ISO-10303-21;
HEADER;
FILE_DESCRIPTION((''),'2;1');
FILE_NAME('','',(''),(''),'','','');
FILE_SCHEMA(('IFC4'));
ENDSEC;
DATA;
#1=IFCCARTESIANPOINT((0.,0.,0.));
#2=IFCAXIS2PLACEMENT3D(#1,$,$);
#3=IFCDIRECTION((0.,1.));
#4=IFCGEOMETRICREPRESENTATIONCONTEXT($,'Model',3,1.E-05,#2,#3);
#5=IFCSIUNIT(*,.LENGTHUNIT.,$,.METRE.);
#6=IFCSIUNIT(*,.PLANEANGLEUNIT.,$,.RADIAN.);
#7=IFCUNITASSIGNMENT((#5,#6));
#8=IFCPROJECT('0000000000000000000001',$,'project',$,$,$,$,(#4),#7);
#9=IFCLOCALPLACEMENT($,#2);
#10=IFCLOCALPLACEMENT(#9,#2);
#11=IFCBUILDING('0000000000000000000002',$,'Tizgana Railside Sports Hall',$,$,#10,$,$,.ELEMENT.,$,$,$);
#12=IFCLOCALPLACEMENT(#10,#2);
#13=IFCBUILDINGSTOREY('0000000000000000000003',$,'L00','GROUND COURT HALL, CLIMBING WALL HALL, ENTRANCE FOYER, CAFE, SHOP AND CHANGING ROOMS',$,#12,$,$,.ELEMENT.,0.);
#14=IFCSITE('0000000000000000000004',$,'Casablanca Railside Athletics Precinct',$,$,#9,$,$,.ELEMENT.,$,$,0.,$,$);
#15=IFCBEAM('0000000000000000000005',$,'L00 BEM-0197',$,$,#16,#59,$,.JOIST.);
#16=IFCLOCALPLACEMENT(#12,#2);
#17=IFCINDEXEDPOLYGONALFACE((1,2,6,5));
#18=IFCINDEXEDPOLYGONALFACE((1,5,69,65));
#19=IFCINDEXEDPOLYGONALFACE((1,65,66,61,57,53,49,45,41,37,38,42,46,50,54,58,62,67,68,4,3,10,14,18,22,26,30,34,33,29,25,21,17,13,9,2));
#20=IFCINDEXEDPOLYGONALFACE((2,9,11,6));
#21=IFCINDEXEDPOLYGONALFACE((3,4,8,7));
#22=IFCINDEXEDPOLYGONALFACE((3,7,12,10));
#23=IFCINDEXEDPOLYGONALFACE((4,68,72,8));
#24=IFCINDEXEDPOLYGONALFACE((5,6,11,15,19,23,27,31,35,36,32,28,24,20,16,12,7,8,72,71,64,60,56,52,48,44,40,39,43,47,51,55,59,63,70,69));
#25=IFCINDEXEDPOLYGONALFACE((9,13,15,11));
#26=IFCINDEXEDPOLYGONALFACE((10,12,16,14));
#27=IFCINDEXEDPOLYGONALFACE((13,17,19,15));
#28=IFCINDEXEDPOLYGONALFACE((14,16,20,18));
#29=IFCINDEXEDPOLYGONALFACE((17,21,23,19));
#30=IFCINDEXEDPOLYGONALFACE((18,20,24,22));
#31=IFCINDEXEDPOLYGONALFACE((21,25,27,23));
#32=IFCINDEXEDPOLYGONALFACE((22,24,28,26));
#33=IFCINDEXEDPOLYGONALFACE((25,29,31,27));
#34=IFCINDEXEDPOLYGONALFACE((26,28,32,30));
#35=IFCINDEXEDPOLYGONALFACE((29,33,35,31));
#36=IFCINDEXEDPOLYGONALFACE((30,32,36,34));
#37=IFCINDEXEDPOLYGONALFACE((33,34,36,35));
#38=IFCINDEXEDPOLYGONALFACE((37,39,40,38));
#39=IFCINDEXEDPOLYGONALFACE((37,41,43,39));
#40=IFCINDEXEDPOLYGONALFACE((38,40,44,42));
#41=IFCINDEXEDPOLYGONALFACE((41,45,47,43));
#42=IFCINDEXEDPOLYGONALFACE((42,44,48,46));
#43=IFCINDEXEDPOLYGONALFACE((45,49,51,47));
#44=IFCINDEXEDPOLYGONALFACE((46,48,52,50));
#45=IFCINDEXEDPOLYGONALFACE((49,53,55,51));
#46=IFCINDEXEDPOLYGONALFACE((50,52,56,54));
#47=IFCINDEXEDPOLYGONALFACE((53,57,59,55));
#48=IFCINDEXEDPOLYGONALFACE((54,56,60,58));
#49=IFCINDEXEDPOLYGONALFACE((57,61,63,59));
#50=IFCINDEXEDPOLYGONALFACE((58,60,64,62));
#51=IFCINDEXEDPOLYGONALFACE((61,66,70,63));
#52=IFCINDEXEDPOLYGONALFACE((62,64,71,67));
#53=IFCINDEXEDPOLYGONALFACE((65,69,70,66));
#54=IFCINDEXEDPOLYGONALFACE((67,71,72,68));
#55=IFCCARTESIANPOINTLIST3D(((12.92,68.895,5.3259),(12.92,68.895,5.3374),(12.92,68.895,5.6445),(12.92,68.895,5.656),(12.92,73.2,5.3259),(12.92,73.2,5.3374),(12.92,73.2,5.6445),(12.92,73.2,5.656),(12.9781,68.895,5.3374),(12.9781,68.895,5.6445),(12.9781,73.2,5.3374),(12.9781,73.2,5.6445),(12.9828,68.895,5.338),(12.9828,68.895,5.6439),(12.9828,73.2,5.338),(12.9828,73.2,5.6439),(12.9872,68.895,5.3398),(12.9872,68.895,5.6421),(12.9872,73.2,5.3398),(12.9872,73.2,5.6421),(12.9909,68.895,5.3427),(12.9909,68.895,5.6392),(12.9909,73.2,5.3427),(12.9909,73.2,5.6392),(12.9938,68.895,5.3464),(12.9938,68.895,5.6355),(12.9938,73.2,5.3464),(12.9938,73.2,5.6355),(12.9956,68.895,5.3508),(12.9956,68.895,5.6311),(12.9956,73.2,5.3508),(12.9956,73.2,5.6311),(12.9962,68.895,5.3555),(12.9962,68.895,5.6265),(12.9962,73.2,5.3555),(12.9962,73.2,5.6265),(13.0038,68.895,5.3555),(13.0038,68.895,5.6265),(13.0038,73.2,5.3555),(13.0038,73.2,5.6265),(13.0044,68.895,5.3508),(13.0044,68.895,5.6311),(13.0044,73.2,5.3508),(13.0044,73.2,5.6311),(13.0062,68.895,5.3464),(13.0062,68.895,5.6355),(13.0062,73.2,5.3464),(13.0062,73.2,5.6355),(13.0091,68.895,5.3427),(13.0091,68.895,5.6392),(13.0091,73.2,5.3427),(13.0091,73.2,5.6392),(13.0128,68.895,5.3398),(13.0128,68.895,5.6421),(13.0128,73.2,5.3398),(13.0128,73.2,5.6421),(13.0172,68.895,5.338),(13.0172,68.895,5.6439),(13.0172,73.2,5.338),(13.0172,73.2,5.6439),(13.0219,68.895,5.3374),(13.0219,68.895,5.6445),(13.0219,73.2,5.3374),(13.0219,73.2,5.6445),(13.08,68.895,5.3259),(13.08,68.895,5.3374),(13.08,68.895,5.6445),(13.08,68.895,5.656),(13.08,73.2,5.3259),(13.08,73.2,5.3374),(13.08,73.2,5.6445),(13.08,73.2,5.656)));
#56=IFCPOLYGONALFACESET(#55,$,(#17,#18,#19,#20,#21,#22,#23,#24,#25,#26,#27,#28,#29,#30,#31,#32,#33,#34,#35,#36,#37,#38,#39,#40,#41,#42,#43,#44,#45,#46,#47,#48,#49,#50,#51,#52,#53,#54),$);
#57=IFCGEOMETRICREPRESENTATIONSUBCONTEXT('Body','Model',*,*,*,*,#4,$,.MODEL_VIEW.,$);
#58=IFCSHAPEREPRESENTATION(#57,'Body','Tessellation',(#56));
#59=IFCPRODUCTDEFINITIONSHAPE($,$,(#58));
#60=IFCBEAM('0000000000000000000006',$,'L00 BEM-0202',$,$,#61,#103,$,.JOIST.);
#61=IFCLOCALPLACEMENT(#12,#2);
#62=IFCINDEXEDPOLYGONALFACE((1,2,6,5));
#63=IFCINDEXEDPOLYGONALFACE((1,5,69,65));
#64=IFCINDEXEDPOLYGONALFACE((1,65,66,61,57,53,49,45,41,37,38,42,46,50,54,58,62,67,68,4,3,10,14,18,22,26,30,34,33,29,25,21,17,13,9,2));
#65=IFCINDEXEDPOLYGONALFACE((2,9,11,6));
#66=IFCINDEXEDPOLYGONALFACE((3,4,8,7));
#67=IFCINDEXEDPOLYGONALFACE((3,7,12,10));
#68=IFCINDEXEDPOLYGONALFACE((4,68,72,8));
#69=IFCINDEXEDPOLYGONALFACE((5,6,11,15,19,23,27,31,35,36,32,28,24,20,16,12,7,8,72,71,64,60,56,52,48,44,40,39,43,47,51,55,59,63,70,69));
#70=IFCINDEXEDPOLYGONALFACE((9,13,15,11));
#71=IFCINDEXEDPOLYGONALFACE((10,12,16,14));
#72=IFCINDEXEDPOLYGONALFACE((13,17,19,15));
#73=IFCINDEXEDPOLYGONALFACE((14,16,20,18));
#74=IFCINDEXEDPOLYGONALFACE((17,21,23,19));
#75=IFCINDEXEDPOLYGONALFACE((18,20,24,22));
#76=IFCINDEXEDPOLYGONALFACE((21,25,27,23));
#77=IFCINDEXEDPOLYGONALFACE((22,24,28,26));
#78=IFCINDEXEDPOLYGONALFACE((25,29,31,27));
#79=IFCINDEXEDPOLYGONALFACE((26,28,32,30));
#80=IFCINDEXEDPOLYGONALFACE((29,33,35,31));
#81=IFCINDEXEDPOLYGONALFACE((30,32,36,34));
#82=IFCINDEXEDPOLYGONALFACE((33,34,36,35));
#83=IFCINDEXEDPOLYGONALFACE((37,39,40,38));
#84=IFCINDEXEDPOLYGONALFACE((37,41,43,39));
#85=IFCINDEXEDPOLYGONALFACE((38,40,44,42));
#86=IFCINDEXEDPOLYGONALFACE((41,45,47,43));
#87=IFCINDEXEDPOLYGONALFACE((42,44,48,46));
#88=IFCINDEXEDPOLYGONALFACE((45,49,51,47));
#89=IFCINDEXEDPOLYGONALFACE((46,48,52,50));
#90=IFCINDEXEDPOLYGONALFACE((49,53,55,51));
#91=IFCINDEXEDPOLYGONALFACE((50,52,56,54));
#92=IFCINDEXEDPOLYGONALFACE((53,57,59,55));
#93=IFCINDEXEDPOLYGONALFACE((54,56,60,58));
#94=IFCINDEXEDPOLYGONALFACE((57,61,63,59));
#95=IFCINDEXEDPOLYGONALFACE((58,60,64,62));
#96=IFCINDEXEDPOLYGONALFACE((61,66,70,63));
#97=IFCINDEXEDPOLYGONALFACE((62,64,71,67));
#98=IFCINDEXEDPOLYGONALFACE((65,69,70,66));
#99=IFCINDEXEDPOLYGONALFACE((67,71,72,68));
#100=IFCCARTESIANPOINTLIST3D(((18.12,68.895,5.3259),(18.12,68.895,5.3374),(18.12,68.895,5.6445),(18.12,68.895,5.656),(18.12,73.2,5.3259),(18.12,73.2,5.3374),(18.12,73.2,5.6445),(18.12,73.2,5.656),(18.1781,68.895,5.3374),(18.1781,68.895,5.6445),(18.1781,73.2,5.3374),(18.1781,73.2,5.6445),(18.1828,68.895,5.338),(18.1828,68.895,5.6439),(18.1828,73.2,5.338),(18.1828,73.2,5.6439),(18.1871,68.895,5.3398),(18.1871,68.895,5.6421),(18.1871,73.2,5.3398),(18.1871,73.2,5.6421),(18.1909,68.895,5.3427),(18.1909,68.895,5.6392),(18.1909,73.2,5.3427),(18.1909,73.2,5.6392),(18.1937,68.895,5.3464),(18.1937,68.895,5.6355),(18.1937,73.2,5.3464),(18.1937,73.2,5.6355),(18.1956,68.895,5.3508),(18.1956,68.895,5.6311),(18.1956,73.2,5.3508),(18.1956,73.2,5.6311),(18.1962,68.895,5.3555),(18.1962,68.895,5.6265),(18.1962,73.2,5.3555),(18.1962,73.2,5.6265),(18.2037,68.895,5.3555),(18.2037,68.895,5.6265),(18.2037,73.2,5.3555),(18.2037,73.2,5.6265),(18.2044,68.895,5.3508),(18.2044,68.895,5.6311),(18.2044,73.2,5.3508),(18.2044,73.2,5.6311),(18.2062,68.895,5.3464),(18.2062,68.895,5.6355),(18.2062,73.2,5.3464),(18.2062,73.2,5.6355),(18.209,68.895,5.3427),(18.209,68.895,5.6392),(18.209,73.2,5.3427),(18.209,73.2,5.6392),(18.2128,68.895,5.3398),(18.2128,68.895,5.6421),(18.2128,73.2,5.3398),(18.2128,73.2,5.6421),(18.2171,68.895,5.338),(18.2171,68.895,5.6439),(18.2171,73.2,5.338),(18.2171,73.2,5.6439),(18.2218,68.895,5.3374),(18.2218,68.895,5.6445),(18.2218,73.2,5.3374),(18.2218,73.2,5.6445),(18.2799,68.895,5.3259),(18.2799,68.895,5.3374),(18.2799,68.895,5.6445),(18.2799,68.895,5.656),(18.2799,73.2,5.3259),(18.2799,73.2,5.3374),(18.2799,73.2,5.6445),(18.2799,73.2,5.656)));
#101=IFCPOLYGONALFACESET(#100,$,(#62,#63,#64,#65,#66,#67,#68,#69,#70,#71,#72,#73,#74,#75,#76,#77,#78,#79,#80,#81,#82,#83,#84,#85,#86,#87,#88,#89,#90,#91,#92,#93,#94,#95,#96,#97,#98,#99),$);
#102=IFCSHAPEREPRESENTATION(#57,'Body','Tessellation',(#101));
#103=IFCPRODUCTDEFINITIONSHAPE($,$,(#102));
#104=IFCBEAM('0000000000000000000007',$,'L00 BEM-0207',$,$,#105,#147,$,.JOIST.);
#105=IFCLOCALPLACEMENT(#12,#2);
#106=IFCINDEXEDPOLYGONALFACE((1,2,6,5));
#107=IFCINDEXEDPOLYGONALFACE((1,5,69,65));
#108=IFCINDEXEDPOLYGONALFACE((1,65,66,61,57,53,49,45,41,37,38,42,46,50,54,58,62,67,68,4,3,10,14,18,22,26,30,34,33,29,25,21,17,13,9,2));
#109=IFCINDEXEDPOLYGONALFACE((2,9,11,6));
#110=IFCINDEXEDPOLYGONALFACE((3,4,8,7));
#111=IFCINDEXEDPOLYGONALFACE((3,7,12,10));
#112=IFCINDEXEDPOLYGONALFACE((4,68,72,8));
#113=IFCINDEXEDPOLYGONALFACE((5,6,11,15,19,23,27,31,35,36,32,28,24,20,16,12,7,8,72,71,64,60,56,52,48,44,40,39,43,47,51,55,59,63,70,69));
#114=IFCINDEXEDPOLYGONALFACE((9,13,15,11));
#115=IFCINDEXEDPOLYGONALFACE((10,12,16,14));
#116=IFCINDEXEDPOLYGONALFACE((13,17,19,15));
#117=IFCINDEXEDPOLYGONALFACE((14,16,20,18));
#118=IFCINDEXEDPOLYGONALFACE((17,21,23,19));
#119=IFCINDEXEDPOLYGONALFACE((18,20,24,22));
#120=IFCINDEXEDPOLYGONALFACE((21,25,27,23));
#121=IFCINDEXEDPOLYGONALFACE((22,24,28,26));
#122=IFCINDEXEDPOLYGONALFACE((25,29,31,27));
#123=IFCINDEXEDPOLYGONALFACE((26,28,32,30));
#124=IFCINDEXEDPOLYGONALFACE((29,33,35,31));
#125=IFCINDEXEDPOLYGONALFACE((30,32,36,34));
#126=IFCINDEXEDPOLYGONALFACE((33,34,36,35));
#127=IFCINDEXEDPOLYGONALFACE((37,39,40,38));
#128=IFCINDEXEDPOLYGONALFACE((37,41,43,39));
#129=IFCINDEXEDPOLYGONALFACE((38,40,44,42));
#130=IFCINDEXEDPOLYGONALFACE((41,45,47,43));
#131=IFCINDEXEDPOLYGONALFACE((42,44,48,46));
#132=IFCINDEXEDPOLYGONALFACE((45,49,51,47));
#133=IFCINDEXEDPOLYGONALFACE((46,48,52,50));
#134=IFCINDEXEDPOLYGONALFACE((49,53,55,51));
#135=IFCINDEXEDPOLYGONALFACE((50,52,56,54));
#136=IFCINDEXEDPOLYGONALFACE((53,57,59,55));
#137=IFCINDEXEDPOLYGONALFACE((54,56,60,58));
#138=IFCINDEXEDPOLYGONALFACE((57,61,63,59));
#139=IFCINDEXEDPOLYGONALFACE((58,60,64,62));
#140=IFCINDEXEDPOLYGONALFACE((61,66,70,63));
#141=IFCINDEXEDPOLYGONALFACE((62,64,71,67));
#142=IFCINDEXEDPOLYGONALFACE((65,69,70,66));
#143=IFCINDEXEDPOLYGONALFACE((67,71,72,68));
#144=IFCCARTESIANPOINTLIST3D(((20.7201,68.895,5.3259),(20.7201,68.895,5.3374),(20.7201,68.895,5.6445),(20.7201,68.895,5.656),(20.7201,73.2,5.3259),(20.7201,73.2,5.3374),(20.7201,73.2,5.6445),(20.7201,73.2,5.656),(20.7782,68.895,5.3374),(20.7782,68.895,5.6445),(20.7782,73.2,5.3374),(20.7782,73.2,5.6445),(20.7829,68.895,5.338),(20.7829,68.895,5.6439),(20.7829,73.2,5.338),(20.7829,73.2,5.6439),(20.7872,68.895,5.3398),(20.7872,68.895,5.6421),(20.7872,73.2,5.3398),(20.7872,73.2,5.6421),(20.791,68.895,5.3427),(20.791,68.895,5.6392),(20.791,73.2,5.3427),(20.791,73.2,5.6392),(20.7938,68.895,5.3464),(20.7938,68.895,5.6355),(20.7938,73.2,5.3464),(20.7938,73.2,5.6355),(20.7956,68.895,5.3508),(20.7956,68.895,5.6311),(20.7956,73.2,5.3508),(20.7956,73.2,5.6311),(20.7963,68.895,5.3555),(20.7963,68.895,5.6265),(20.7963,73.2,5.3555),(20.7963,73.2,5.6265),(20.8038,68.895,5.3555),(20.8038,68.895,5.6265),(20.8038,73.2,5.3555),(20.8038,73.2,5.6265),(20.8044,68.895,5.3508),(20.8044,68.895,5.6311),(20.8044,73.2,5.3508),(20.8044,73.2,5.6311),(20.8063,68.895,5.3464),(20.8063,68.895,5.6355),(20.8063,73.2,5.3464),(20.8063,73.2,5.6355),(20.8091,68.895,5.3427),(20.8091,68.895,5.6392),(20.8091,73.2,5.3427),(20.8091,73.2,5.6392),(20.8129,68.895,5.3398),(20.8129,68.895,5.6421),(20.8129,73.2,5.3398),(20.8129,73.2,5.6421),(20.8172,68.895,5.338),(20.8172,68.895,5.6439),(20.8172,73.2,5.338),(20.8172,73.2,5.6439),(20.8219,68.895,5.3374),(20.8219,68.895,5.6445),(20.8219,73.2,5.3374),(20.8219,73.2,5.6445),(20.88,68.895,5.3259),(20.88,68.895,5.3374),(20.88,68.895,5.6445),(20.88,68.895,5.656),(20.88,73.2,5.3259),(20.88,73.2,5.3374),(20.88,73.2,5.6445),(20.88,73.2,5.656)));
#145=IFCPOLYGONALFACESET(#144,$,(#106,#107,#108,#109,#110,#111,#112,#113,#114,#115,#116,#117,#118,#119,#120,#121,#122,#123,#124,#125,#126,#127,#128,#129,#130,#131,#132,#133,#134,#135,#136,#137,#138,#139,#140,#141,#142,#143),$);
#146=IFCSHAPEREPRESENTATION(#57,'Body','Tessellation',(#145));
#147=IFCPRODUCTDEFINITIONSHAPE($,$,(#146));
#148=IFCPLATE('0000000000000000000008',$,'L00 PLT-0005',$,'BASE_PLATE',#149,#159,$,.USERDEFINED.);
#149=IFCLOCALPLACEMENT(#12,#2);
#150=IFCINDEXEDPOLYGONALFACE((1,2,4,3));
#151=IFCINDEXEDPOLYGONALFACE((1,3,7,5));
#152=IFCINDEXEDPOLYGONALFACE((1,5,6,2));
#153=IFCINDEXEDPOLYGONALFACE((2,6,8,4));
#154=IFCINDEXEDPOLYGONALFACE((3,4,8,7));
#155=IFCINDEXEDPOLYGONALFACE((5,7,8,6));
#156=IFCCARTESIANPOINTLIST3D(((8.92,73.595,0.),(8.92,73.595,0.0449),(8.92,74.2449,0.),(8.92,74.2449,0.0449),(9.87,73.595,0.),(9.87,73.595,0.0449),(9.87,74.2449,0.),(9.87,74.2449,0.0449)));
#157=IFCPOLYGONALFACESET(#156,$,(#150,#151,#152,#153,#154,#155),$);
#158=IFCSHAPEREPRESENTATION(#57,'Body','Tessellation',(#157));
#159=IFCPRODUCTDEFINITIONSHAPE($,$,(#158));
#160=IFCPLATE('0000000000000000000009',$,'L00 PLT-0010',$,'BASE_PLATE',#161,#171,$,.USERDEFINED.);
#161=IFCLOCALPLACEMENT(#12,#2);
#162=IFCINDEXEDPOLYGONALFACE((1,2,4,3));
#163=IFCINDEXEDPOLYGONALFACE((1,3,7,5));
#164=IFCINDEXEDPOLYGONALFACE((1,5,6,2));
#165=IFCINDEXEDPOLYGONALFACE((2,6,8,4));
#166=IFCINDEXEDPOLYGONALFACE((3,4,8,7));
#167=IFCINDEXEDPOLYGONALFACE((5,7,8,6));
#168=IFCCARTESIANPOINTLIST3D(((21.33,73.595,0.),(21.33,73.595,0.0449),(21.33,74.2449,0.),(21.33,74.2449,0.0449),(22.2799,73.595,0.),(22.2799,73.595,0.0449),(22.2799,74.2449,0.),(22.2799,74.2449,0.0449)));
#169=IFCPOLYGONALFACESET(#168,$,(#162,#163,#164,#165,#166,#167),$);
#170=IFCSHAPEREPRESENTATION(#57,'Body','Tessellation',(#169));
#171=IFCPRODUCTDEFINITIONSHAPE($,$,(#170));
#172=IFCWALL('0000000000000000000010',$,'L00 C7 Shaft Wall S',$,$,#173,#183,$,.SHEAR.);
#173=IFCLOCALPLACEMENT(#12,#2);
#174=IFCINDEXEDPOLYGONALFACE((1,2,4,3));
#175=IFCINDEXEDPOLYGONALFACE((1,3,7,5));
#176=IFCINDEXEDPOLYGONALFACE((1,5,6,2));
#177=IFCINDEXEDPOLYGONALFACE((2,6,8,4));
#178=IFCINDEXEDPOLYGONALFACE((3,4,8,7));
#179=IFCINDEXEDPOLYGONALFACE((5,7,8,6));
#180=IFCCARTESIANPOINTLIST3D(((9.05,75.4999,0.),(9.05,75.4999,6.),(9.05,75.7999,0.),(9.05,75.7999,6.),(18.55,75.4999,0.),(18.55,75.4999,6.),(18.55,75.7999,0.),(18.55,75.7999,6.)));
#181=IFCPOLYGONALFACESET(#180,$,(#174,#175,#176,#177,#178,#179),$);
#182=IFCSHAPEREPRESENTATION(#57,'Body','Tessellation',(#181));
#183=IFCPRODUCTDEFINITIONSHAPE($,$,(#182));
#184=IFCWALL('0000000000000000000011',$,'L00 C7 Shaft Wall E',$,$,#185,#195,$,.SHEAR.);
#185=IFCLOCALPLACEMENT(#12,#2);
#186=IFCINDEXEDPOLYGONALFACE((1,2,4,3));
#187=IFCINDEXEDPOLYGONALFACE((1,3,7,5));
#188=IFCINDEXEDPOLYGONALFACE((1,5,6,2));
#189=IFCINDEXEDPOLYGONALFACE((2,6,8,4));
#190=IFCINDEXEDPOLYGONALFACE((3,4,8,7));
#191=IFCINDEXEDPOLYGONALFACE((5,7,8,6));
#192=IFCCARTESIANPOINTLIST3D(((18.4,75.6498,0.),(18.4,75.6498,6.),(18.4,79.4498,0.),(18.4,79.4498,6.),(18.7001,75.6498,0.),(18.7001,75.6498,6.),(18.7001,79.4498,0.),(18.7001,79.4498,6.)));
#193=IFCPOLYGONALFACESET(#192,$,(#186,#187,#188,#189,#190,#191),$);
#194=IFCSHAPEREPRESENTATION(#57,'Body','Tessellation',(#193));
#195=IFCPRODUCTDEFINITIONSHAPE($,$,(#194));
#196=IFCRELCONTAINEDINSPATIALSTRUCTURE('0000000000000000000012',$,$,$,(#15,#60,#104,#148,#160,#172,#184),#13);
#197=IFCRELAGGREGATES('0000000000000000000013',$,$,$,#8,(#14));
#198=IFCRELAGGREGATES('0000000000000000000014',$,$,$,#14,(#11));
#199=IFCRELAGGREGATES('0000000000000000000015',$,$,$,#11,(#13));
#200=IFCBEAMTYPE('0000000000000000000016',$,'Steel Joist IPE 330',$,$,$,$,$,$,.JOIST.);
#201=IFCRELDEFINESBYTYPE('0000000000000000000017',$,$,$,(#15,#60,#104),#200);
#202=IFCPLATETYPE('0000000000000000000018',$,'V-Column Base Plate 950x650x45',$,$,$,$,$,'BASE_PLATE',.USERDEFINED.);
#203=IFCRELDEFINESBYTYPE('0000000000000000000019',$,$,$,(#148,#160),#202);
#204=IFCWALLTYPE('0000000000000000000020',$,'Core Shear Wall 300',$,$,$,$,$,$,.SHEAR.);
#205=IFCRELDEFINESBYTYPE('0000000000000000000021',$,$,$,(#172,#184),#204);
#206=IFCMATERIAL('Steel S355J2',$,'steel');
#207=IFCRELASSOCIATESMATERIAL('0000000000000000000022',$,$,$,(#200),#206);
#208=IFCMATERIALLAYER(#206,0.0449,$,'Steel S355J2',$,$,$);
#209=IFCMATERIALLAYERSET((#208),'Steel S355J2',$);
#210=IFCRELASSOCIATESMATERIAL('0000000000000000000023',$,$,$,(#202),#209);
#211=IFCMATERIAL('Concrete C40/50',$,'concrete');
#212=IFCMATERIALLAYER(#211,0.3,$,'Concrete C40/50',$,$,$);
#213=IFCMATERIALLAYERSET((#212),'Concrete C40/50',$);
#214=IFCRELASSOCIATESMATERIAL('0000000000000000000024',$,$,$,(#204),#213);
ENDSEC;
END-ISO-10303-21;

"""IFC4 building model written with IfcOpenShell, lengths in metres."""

from ifc_helpers import new_model, si_unit, direction, frame, frame_2d, origin, origin_2d, place, context, subcontext, project, spatial, rectangle, i_section, extrude, material, layer, layer_set, material_profile, profile_set, type_object, element, save


model = new_model("IFC4")

# Units and contexts
model_context = context("Model", 3, precision=1e-05, world=origin(), true_north=direction((0.0, 1.0)))
body_context = subcontext(model_context, "Body", "Model", "MODEL_VIEW")
ifc_project = project(units=[si_unit("LENGTHUNIT", "METRE"), si_unit("PLANEANGLEUNIT", "RADIAN")], contexts=[model_context])

# Site, building, storey
site_placement = place(None, origin())
site = spatial("IfcSite", under=ifc_project, at=site_placement, Name="Casablanca Railside Athletics Precinct", CompositionType="ELEMENT", RefElevation=0.0)
building_placement = place(site_placement, origin())
building = spatial("IfcBuilding", under=site, at=building_placement, Name="Tizgana Railside Sports Hall", CompositionType="ELEMENT")
storey_placement = place(building_placement, origin())
storey = spatial("IfcBuildingStorey", under=building, at=storey_placement, Name="L00", Description="GROUND COURT HALL, CLIMBING WALL HALL, ENTRANCE FOYER, CAFE, SHOP AND CHANGING ROOMS", CompositionType="ELEMENT", Elevation=0.0)

# Shared definitions
ifc_material_1 = material(Name="Concrete C40/50", Category="concrete")
ifc_material_2 = material(Name="Steel S355J2", Category="steel")

# Beams
ifc_material_profile_1 = material_profile(ifc_material_2, i_section(OverallWidth=0.1599, OverallDepth=0.3301, WebThickness=0.0076, FlangeThickness=0.0115, FilletRadius=0.0181, at=origin_2d()), Name="IPE 330")
ifc_profile_set_1 = profile_set([ifc_material_profile_1], Name="Steel S355J2")
beam_type_1 = type_object("IfcBeamType", Name="Steel Joist IPE 330", PredefinedType="JOIST", material=ifc_profile_set_1)
for number, where, z_axis, x_axis, name in (
    (1, (13.0, 68.895, 5.491), (0.0, 1.0, 0.0), (-1.0, 0.0, 0.0), "L00 BEM-0197"),
    (2, (18.2, 68.895, 5.491), (0.0, 1.0, 0.0), (-1.0, 0.0, 0.0), "L00 BEM-0202"),
    (3, (20.8, 68.895, 5.491), (0.0, 1.0, 0.0), (-1.0, 0.0, 0.0), "L00 BEM-0207"),
):
    element("IfcBeam", number, at=place(storey_placement, frame(where, z_axis=z_axis, x_axis=x_axis)), inside=storey, type_object=beam_type_1, Name=name, PredefinedType="JOIST", context=body_context, shape_type="SweptSolid", body=[
        extrude(i_section(OverallWidth=0.1599, OverallDepth=0.3301, WebThickness=0.0076, FlangeThickness=0.0115, FilletRadius=0.0181, at=origin_2d()), origin(), (0.0, 0.0, 1.0), 4.3049),
    ])

# Plates
ifc_layer_1 = layer(ifc_material_2, 0.0449, Name="Steel S355J2")
ifc_layer_set_1 = layer_set([ifc_layer_1], Name="Steel S355J2")
plate_type = type_object("IfcPlateType", Name="V-Column Base Plate 950x650x45", ElementType="BASE_PLATE", PredefinedType="USERDEFINED", material=ifc_layer_set_1)
for number, where, z_axis, x_axis, name in (
    (4, (9.395, 73.9199, 0.0), (0.0, 0.0, 1.0), (1.0, 0.0, 0.0), "L00 PLT-0005"),
    (5, (21.8049, 73.9199, 0.0), (0.0, 0.0, 1.0), (1.0, 0.0, 0.0), "L00 PLT-0010"),
):
    element("IfcPlate", number, at=place(storey_placement, frame(where, z_axis=z_axis, x_axis=x_axis)), inside=storey, type_object=plate_type, Name=name, ObjectType="BASE_PLATE", PredefinedType="USERDEFINED", context=body_context, shape_type="SweptSolid", body=[
        extrude(rectangle(XDim=0.95, YDim=0.6499, at=origin_2d()), origin(), (0.0, 0.0, 1.0), 0.0449),
    ])

# Walls
ifc_layer_2 = layer(ifc_material_1, 0.3, Name="Concrete C40/50")
ifc_layer_set_2 = layer_set([ifc_layer_2], Name="Concrete C40/50")
wall_type_1 = type_object("IfcWallType", Name="Core Shear Wall 300", PredefinedType="SHEAR", material=ifc_layer_set_2)
wall_1_placement = place(storey_placement, frame((18.55, 75.6499, 0.0), z_axis=(0.0, 0.0, 1.0), x_axis=(-1.0, 0.0, 0.0)))
element("IfcWall", 6, at=wall_1_placement, inside=storey, type_object=wall_type_1, Name="L00 C7 Shaft Wall S", PredefinedType="SHEAR", context=body_context, shape_type="SweptSolid", body=[
    extrude(rectangle(XDim=9.5, YDim=0.3, at=frame_2d((4.75, 0.0))), origin(), (0.0, 0.0, 1.0), 6.0),
])
wall_2_placement = place(storey_placement, frame((18.55, 75.6499, 0.0), z_axis=(0.0, 0.0, 1.0), x_axis=(0.0, 1.0, 0.0)))
element("IfcWall", 7, at=wall_2_placement, inside=storey, type_object=wall_type_1, Name="L00 C7 Shaft Wall E", PredefinedType="SHEAR", context=body_context, shape_type="SweptSolid", body=[
    extrude(rectangle(XDim=3.8, YDim=0.3, at=frame_2d((1.8999, 0.0))), origin(), (0.0, 0.0, 1.0), 6.0),
])

save(model, "model.ifc")
